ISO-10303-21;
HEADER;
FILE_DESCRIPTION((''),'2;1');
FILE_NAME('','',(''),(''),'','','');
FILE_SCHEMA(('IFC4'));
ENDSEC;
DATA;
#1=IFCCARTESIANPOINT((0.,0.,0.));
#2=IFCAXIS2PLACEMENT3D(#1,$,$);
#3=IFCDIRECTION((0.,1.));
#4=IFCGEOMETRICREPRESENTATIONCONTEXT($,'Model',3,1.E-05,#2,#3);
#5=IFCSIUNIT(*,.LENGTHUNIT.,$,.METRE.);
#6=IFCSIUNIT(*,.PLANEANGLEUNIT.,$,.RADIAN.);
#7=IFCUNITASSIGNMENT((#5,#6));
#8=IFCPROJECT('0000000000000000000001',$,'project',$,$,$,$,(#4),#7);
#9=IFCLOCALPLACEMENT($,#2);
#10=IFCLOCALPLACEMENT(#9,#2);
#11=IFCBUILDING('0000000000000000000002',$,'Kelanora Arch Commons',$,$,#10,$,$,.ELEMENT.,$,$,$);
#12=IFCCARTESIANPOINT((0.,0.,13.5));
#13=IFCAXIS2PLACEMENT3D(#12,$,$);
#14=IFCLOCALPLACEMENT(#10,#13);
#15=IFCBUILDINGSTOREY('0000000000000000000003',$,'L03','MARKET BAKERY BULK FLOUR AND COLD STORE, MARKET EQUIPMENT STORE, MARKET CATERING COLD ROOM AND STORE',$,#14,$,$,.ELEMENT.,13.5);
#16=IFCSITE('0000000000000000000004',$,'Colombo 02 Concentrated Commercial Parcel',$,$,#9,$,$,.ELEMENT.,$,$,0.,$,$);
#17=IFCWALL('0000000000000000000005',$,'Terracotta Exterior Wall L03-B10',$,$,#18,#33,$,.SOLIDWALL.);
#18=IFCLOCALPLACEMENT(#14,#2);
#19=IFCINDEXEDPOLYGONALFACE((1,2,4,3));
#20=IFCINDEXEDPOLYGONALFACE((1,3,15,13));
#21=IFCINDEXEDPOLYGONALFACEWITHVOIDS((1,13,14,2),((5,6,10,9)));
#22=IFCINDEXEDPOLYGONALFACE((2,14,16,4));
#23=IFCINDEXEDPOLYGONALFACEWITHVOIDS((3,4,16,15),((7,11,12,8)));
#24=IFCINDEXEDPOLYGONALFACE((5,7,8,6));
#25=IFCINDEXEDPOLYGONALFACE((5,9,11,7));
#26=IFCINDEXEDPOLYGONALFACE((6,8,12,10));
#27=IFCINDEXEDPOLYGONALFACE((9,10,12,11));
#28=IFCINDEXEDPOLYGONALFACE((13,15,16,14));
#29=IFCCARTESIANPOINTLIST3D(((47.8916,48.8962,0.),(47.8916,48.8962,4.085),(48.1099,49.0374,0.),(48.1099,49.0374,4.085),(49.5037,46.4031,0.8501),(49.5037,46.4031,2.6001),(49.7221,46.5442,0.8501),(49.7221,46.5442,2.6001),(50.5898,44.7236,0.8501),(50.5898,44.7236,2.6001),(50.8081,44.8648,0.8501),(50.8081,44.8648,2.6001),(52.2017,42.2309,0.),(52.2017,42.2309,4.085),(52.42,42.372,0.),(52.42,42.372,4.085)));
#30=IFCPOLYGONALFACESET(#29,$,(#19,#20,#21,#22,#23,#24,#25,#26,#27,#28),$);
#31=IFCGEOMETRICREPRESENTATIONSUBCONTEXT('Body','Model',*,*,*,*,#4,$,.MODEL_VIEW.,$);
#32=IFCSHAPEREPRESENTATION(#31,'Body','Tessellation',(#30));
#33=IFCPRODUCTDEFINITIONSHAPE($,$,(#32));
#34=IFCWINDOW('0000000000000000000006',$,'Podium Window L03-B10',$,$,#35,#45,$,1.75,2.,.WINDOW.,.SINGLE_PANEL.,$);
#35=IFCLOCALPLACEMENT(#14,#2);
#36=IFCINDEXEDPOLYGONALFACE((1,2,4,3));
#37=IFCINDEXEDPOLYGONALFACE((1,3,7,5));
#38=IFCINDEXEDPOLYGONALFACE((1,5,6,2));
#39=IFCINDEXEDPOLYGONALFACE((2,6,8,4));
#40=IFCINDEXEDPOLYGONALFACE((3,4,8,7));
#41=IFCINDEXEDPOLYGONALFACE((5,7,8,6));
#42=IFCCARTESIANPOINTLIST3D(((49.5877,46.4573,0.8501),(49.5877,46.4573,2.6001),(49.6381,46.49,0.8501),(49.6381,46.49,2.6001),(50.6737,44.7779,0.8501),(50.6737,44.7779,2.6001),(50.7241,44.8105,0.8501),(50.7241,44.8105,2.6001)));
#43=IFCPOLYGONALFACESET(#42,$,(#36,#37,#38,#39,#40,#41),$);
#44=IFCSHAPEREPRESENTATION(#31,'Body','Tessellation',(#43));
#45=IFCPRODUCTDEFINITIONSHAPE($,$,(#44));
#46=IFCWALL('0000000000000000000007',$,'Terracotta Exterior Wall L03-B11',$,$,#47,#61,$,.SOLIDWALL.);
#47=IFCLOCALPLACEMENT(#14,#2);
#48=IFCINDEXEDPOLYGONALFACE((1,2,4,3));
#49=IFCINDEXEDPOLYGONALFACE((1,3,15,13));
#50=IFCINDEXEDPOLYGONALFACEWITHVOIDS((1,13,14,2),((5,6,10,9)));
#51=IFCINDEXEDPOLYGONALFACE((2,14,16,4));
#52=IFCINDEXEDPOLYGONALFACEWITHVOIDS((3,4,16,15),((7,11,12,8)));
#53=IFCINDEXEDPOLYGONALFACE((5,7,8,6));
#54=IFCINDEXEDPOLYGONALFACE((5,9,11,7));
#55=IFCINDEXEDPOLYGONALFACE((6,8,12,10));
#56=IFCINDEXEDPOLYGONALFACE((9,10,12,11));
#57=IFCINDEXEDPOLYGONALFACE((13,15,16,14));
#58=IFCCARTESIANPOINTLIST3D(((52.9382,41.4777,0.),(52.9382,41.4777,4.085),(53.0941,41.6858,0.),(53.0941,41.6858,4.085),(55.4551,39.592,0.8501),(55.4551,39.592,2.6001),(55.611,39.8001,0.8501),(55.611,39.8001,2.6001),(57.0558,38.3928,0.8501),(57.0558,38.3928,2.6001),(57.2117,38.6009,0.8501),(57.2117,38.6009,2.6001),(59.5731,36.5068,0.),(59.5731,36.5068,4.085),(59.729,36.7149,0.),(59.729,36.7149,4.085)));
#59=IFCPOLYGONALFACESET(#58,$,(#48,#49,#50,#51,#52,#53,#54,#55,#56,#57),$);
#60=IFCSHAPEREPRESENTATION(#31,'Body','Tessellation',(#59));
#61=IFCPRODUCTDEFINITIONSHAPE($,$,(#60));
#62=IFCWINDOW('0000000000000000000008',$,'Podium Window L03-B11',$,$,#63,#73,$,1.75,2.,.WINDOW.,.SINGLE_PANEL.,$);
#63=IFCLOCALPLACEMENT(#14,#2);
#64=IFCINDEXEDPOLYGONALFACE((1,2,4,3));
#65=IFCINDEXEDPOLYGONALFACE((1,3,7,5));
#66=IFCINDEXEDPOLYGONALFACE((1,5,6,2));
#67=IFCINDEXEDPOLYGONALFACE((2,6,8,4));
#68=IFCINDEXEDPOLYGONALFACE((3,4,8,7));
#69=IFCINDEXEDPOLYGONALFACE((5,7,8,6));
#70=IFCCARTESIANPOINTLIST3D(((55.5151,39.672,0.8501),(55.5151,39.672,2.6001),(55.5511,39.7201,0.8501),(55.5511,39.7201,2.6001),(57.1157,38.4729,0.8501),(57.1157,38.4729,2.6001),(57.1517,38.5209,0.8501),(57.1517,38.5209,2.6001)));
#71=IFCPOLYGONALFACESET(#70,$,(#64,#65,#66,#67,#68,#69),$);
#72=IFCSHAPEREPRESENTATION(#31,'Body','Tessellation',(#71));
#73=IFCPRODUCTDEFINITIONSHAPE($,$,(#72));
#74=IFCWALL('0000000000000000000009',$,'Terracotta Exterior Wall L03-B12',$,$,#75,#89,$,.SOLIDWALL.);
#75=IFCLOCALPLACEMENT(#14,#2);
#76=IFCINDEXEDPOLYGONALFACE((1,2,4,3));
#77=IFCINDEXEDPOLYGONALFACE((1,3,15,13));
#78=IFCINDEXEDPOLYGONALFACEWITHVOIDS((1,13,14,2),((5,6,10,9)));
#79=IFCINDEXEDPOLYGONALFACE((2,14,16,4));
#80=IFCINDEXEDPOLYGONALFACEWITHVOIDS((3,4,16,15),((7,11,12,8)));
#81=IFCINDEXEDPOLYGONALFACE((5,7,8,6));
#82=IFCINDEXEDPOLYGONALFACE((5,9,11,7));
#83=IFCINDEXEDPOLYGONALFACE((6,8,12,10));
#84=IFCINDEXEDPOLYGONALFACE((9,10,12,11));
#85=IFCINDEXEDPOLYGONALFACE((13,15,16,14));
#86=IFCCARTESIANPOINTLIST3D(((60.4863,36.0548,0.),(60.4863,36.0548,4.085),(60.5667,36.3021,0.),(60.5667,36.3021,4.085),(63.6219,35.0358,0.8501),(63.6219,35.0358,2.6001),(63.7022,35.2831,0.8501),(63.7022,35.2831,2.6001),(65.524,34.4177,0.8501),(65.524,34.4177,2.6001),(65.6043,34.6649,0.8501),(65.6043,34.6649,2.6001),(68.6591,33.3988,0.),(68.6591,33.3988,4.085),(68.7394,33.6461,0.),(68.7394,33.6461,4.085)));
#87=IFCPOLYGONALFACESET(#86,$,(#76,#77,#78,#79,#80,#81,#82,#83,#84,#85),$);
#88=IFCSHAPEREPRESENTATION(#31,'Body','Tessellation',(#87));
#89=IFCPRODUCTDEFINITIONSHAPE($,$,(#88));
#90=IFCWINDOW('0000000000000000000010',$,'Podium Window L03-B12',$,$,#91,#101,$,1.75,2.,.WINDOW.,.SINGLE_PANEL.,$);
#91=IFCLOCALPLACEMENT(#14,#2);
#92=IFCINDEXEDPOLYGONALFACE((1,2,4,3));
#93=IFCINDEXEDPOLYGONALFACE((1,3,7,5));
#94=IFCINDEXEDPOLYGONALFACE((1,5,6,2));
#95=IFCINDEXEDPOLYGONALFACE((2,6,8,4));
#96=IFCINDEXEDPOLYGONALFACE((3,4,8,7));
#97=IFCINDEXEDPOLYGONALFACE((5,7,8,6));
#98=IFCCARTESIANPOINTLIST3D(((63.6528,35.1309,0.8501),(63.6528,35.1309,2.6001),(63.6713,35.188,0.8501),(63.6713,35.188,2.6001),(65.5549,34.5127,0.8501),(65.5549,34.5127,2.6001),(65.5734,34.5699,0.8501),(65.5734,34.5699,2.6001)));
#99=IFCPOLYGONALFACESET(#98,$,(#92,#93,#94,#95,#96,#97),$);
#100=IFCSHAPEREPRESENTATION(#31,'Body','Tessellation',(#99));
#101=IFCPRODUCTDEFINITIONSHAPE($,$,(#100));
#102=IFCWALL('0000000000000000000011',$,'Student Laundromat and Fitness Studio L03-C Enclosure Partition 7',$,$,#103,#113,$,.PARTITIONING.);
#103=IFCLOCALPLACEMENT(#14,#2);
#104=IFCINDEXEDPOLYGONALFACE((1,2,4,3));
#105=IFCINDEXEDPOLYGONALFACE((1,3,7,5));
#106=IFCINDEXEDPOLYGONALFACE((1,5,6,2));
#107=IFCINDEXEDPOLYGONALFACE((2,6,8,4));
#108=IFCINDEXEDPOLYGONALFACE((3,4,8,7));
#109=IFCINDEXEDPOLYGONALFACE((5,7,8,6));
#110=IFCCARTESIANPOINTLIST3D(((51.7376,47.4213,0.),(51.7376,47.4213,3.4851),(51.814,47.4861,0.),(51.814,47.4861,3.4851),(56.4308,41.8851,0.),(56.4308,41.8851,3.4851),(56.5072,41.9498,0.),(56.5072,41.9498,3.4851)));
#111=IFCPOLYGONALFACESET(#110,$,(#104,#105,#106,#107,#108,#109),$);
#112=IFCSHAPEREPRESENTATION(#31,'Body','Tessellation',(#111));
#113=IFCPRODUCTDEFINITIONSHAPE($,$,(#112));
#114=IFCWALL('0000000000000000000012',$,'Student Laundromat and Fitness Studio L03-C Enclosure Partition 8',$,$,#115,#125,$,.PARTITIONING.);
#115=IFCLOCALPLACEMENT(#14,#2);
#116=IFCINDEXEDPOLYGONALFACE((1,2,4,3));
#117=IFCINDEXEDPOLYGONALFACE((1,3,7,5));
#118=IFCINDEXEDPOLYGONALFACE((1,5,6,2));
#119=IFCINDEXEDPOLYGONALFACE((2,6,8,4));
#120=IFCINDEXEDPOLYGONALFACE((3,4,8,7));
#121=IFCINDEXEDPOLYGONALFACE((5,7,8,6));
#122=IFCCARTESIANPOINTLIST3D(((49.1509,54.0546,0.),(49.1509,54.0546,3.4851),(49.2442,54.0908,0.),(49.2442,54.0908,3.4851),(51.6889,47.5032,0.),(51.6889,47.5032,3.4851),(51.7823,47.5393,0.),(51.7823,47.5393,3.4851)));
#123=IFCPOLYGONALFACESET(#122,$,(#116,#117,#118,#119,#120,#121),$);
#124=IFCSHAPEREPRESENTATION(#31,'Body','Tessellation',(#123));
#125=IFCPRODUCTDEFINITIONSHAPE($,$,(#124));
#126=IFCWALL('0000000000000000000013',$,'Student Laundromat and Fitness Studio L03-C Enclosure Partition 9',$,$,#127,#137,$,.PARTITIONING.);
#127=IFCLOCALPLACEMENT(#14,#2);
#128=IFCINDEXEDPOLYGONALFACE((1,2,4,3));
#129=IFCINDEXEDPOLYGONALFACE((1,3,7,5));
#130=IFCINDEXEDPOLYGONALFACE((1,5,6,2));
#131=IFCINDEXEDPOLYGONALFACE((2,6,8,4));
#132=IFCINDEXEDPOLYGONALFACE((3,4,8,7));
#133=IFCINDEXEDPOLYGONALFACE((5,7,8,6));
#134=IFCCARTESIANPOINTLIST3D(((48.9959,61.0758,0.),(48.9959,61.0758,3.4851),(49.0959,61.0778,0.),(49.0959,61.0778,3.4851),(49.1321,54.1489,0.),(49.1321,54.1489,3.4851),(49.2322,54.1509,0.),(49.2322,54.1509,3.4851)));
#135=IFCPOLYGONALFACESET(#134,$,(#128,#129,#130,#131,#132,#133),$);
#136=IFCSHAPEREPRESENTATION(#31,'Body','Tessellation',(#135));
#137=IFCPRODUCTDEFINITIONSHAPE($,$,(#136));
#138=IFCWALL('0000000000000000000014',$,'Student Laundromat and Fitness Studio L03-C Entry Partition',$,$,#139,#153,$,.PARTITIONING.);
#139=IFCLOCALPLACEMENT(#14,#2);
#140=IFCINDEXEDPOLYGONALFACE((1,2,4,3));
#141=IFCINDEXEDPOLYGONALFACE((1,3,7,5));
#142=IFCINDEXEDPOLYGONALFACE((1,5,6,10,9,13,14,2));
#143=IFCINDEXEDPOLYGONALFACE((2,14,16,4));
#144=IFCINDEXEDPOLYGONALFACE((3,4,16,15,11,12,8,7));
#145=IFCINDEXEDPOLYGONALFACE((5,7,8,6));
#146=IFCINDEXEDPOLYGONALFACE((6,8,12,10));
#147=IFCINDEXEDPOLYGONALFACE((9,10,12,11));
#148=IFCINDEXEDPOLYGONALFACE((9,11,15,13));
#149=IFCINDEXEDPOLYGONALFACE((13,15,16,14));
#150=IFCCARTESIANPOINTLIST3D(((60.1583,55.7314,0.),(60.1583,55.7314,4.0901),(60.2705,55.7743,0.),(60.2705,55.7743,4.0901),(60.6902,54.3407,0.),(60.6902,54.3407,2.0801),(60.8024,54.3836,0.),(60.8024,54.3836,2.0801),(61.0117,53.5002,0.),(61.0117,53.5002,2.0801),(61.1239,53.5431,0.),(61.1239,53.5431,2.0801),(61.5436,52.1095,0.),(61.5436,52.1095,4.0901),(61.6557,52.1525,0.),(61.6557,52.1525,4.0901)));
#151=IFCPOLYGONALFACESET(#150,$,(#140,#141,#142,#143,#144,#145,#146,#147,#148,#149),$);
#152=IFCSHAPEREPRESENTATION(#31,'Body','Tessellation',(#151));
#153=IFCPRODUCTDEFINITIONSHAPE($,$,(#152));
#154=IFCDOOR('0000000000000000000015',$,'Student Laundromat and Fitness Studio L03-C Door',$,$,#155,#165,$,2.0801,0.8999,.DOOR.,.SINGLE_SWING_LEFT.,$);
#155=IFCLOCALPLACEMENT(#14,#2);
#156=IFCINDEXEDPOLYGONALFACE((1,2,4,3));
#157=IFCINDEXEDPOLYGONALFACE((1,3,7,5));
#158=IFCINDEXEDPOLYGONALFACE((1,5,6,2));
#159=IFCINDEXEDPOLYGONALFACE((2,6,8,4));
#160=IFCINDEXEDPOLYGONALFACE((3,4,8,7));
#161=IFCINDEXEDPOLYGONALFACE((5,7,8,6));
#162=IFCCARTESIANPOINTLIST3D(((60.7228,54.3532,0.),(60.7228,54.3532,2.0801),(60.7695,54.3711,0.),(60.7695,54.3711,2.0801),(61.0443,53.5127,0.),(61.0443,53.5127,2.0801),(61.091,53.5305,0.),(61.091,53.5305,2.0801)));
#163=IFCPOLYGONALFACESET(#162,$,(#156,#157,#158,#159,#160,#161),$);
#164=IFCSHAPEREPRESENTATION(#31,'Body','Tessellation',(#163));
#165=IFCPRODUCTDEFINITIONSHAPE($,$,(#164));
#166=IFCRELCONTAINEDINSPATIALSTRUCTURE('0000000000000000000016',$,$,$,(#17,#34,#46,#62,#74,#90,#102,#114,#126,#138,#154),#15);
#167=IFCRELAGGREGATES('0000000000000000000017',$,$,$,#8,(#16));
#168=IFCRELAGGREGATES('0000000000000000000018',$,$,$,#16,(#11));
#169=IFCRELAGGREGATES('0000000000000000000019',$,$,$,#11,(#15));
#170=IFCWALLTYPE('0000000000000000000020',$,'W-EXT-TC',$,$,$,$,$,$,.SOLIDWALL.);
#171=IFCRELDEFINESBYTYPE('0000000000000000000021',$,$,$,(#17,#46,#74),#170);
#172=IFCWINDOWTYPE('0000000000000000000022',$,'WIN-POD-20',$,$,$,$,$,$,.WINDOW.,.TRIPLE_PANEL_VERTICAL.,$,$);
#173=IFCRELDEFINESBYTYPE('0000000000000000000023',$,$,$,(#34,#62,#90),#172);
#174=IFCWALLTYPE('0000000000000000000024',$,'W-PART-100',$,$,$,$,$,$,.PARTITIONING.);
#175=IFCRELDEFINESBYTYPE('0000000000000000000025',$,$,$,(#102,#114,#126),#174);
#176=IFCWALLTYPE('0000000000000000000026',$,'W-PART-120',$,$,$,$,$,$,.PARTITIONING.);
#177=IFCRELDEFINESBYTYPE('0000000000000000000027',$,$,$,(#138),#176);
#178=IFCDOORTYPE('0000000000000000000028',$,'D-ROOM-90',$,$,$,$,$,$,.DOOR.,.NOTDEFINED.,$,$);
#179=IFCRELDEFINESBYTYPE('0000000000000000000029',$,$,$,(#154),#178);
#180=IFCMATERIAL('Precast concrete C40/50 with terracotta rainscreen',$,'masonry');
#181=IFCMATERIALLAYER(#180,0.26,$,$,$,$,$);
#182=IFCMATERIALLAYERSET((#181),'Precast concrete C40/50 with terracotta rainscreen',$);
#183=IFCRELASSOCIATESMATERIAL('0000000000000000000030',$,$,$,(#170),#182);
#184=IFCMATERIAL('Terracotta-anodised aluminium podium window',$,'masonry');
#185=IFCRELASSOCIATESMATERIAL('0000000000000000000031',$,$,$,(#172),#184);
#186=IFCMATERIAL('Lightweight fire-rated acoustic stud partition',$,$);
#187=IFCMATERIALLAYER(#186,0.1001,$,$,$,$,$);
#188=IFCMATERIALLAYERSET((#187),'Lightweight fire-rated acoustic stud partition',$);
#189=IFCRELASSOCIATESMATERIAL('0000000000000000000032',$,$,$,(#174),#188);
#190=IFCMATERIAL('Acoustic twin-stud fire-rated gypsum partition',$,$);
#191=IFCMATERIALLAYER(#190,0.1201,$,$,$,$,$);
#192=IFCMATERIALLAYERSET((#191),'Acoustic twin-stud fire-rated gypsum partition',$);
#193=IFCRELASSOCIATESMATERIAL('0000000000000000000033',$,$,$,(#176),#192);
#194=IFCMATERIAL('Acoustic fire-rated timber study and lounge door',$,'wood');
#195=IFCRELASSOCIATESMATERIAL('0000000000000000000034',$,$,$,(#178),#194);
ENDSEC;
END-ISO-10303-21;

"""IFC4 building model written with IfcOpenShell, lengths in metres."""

from ifc_helpers import new_model, si_unit, direction, frame, frame_2d, origin, place, context, subcontext, project, spatial, rectangle, extrude, material, layer, layer_set, type_object, element, fill, save


model = new_model("IFC4")

# Units and contexts
model_context = context("Model", 3, precision=1e-05, world=origin(), true_north=direction((0.0, 1.0)))
body_context = subcontext(model_context, "Body", "Model", "MODEL_VIEW")
ifc_project = project(units=[si_unit("LENGTHUNIT", "METRE"), si_unit("PLANEANGLEUNIT", "RADIAN")], contexts=[model_context])

# Site, building, storey
site_placement = place(None, origin())
site = spatial("IfcSite", under=ifc_project, at=site_placement, Name="Colombo 02 Concentrated Commercial Parcel", CompositionType="ELEMENT", RefElevation=0.0)
building_placement = place(site_placement, origin())
building = spatial("IfcBuilding", under=site, at=building_placement, Name="Kelanora Arch Commons", CompositionType="ELEMENT")
storey_placement = place(building_placement, frame((0.0, 0.0, 13.5)))
storey = spatial("IfcBuildingStorey", under=building, at=storey_placement, Name="L03", Description="MARKET BAKERY BULK FLOUR AND COLD STORE, MARKET EQUIPMENT STORE, MARKET CATERING COLD ROOM AND STORE", CompositionType="ELEMENT", Elevation=13.5)

# Walls, openings, windows
ifc_material_1 = material(Name="Precast concrete C40/50 with terracotta rainscreen", Category="masonry")
ifc_layer_1 = layer(ifc_material_1, 0.26)
ifc_layer_set_1 = layer_set([ifc_layer_1], Name="Precast concrete C40/50 with terracotta rainscreen")
wall_type_1 = type_object("IfcWallType", Name="W-EXT-TC", PredefinedType="SOLIDWALL", material=ifc_layer_set_1)
ifc_material_2 = material(Name="Terracotta-anodised aluminium podium window", Category="masonry")
window_type = type_object("IfcWindowType", Name="WIN-POD-20", PartitioningType="TRIPLE_PANEL_VERTICAL", PredefinedType="WINDOW", material=ifc_material_2)
wall_1_placement = place(storey_placement, frame((48.0007, 48.9668, 0.0), z_axis=(0.0, 0.0, 1.0), x_axis=(0.543005, -0.839729, 0.0)))
wall_1 = element("IfcWall", 1, at=wall_1_placement, inside=storey, type_object=wall_type_1, Name="Terracotta Exterior Wall L03-B10", PredefinedType="SOLIDWALL", context=body_context, shape_type="SweptSolid", body=[
    extrude(rectangle(XDim=7.9375, YDim=0.26, at=frame_2d((3.9688, 0.0))), origin(), (0.0, 0.0, 1.0), 4.085),
])
opening_1_placement = place(wall_1_placement, frame((2.969, 0.0, 0.8501)))
opening_1 = element("IfcOpeningElement", 2, at=opening_1_placement, cuts=wall_1, PredefinedType="OPENING", context=body_context, shape_type="SweptSolid", body=[
    extrude(rectangle(XDim=2.0, YDim=1.75, at=frame_2d((1.0, 0.875))), frame((0.0, 0.1401, 0.0), z_axis=(0.0, -1.0, 0.0), x_axis=(1.0, 0.0, 0.0)), (0.0, 0.0, 1.0), 0.28),
])
window_1_placement = place(opening_1_placement, origin())
window_1 = element("IfcWindow", 3, at=window_1_placement, inside=storey, type_object=window_type, Name="Podium Window L03-B10", OverallHeight=1.75, OverallWidth=2.0, PartitioningType="SINGLE_PANEL", PredefinedType="WINDOW", context=body_context, shape_type="SweptSolid", body=[
    extrude(rectangle(XDim=2.0, YDim=1.75, at=frame_2d((1.0, 0.875))), frame((0.0, 0.03, 0.0), z_axis=(0.0, -1.0, 0.0), x_axis=(1.0, 0.0, 0.0)), (0.0, 0.0, 1.0), 0.0601),
])
fill(opening_1, window_1)
wall_2_placement = place(storey_placement, frame((53.0161, 41.5818, 0.0), z_axis=(0.0, 0.0, 1.0), x_axis=(0.800307, -0.59959, 0.0)))
wall_2 = element("IfcWall", 4, at=wall_2_placement, inside=storey, type_object=wall_type_1, Name="Terracotta Exterior Wall L03-B11", PredefinedType="SOLIDWALL", context=body_context, shape_type="SweptSolid", body=[
    extrude(rectangle(XDim=8.2905, YDim=0.26, at=frame_2d((4.1453, 0.0))), origin(), (0.0, 0.0, 1.0), 4.085),
])
opening_2_placement = place(wall_2_placement, frame((3.145, 0.0, 0.8501)))
opening_2 = element("IfcOpeningElement", 5, at=opening_2_placement, cuts=wall_2, PredefinedType="OPENING", context=body_context, shape_type="SweptSolid", body=[
    extrude(rectangle(XDim=2.0, YDim=1.75, at=frame_2d((1.0, 0.875))), frame((0.0, 0.1401, 0.0), z_axis=(0.0, -1.0, 0.0), x_axis=(1.0, 0.0, 0.0)), (0.0, 0.0, 1.0), 0.28),
])
window_2_placement = place(opening_2_placement, origin())
window_2 = element("IfcWindow", 6, at=window_2_placement, inside=storey, type_object=window_type, Name="Podium Window L03-B11", OverallHeight=1.75, OverallWidth=2.0, PartitioningType="SINGLE_PANEL", PredefinedType="WINDOW", context=body_context, shape_type="SweptSolid", body=[
    extrude(rectangle(XDim=2.0, YDim=1.75, at=frame_2d((1.0, 0.875))), frame((0.0, 0.03, 0.0), z_axis=(0.0, -1.0, 0.0), x_axis=(1.0, 0.0, 0.0)), (0.0, 0.0, 1.0), 0.0601),
])
fill(opening_2, window_2)
wall_3_placement = place(storey_placement, frame((60.5264, 36.1785, 0.0), z_axis=(0.0, 0.0, 1.0), x_axis=(0.95104, -0.309068, 0.0)))
wall_3 = element("IfcWall", 7, at=wall_3_placement, inside=storey, type_object=wall_type_1, Name="Terracotta Exterior Wall L03-B12", PredefinedType="SOLIDWALL", context=body_context, shape_type="SweptSolid", body=[
    extrude(rectangle(XDim=8.5935, YDim=0.26, at=frame_2d((4.2969, 0.0))), origin(), (0.0, 0.0, 1.0), 4.085),
])
opening_3_placement = place(wall_3_placement, frame((3.2971, 0.0, 0.8501)))
opening_3 = element("IfcOpeningElement", 8, at=opening_3_placement, cuts=wall_3, PredefinedType="OPENING", context=body_context, shape_type="SweptSolid", body=[
    extrude(rectangle(XDim=2.0, YDim=1.75, at=frame_2d((1.0, 0.875))), frame((0.0, 0.1401, 0.0), z_axis=(0.0, -1.0, 0.0), x_axis=(1.0, 0.0, 0.0)), (0.0, 0.0, 1.0), 0.28),
])
window_3_placement = place(opening_3_placement, origin())
window_3 = element("IfcWindow", 9, at=window_3_placement, inside=storey, type_object=window_type, Name="Podium Window L03-B12", OverallHeight=1.75, OverallWidth=2.0, PartitioningType="SINGLE_PANEL", PredefinedType="WINDOW", context=body_context, shape_type="SweptSolid", body=[
    extrude(rectangle(XDim=2.0, YDim=1.75, at=frame_2d((1.0, 0.875))), frame((0.0, 0.03, 0.0), z_axis=(0.0, -1.0, 0.0), x_axis=(1.0, 0.0, 0.0)), (0.0, 0.0, 1.0), 0.0601),
])
fill(opening_3, window_3)

# Walls
ifc_material_3 = material(Name="Lightweight fire-rated acoustic stud partition")
ifc_layer_2 = layer(ifc_material_3, 0.1001)
ifc_layer_set_2 = layer_set([ifc_layer_2], Name="Lightweight fire-rated acoustic stud partition")
wall_type_2 = type_object("IfcWallType", Name="W-PART-100", PredefinedType="PARTITIONING", material=ifc_layer_set_2)
wall_4_placement = place(storey_placement, frame((56.469, 41.9175, 0.0), z_axis=(0.0, 0.0, 1.0), x_axis=(-0.64664, 0.762795, 0.0)))
element("IfcWall", 10, at=wall_4_placement, inside=storey, type_object=wall_type_2, Name="Student Laundromat and Fitness Studio L03-C Enclosure Partition 7", PredefinedType="PARTITIONING", context=body_context, shape_type="SweptSolid", body=[
    extrude(rectangle(XDim=7.2578, YDim=0.1001, at=frame_2d((3.6289, 0.0))), origin(), (0.0, 0.0, 1.0), 3.4851),
])
wall_5_placement = place(storey_placement, frame((51.7356, 47.5212, 0.0), z_axis=(0.0, 0.0, 1.0), x_axis=(-0.361244, 0.932471, 0.0)))
element("IfcWall", 11, at=wall_5_placement, inside=storey, type_object=wall_type_2, Name="Student Laundromat and Fitness Studio L03-C Enclosure Partition 8", PredefinedType="PARTITIONING", context=body_context, shape_type="SweptSolid", body=[
    extrude(rectangle(XDim=7.0259, YDim=0.1001, at=frame_2d((3.5129, 0.0))), origin(), (0.0, 0.0, 1.0), 3.4851),
])
wall_6_placement = place(storey_placement, frame((49.1821, 54.1499, 0.0), z_axis=(0.0, 0.0, 1.0), x_axis=(-0.019663, 0.999807, 0.0)))
element("IfcWall", 12, at=wall_6_placement, inside=storey, type_object=wall_type_2, Name="Student Laundromat and Fitness Studio L03-C Enclosure Partition 9", PredefinedType="PARTITIONING", context=body_context, shape_type="SweptSolid", body=[
    extrude(rectangle(XDim=6.9282, YDim=0.1001, at=frame_2d((3.4641, 0.0))), origin(), (0.0, 0.0, 1.0), 3.4851),
])

# Wall, opening, door
ifc_material_4 = material(Name="Acoustic twin-stud fire-rated gypsum partition")
ifc_layer_3 = layer(ifc_material_4, 0.1201)
ifc_layer_set_3 = layer_set([ifc_layer_3], Name="Acoustic twin-stud fire-rated gypsum partition")
wall_type_3 = type_object("IfcWallType", Name="W-PART-120", PredefinedType="PARTITIONING", material=ifc_layer_set_3)
wall_7_placement = place(storey_placement, frame((60.2144, 55.7529, 0.0), z_axis=(0.0, 0.0, 1.0), x_axis=(0.357236, -0.934014, 0.0)))
wall_7 = element("IfcWall", 13, at=wall_7_placement, inside=storey, type_object=wall_type_3, Name="Student Laundromat and Fitness Studio L03-C Entry Partition", PredefinedType="PARTITIONING", context=body_context, shape_type="SweptSolid", body=[
    extrude(rectangle(XDim=3.8777, YDim=0.1201, at=frame_2d((1.939, 0.0))), origin(), (0.0, 0.0, 1.0), 4.0901),
])
opening_4_placement = place(wall_7_placement, frame((1.489, 0.0, 0.0)))
opening_4 = element("IfcOpeningElement", 14, at=opening_4_placement, cuts=wall_7, PredefinedType="OPENING", context=body_context, shape_type="SweptSolid", body=[
    extrude(rectangle(XDim=0.8999, YDim=2.0801, at=frame_2d((0.45, 1.04))), frame((0.0, 0.0701, 0.0), z_axis=(0.0, -1.0, 0.0), x_axis=(1.0, 0.0, 0.0)), (0.0, 0.0, 1.0), 0.1401),
])
ifc_material_5 = material(Name="Acoustic fire-rated timber study and lounge door", Category="wood")
door_type = type_object("IfcDoorType", Name="D-ROOM-90", OperationType="NOTDEFINED", PredefinedType="DOOR", material=ifc_material_5)
door_placement = place(opening_4_placement, origin())
door = element("IfcDoor", 15, at=door_placement, inside=storey, type_object=door_type, Name="Student Laundromat and Fitness Studio L03-C Door", OperationType="SINGLE_SWING_LEFT", OverallHeight=2.0801, OverallWidth=0.8999, PredefinedType="DOOR", context=body_context, shape_type="SweptSolid", body=[
    extrude(rectangle(XDim=0.8999, YDim=2.0801, at=frame_2d((0.45, 1.04))), frame((0.0, 0.0249, 0.0), z_axis=(0.0, -1.0, 0.0), x_axis=(1.0, 0.0, 0.0)), (0.0, 0.0, 1.0), 0.05),
])
fill(opening_4, door)

save(model, "model.ifc")
